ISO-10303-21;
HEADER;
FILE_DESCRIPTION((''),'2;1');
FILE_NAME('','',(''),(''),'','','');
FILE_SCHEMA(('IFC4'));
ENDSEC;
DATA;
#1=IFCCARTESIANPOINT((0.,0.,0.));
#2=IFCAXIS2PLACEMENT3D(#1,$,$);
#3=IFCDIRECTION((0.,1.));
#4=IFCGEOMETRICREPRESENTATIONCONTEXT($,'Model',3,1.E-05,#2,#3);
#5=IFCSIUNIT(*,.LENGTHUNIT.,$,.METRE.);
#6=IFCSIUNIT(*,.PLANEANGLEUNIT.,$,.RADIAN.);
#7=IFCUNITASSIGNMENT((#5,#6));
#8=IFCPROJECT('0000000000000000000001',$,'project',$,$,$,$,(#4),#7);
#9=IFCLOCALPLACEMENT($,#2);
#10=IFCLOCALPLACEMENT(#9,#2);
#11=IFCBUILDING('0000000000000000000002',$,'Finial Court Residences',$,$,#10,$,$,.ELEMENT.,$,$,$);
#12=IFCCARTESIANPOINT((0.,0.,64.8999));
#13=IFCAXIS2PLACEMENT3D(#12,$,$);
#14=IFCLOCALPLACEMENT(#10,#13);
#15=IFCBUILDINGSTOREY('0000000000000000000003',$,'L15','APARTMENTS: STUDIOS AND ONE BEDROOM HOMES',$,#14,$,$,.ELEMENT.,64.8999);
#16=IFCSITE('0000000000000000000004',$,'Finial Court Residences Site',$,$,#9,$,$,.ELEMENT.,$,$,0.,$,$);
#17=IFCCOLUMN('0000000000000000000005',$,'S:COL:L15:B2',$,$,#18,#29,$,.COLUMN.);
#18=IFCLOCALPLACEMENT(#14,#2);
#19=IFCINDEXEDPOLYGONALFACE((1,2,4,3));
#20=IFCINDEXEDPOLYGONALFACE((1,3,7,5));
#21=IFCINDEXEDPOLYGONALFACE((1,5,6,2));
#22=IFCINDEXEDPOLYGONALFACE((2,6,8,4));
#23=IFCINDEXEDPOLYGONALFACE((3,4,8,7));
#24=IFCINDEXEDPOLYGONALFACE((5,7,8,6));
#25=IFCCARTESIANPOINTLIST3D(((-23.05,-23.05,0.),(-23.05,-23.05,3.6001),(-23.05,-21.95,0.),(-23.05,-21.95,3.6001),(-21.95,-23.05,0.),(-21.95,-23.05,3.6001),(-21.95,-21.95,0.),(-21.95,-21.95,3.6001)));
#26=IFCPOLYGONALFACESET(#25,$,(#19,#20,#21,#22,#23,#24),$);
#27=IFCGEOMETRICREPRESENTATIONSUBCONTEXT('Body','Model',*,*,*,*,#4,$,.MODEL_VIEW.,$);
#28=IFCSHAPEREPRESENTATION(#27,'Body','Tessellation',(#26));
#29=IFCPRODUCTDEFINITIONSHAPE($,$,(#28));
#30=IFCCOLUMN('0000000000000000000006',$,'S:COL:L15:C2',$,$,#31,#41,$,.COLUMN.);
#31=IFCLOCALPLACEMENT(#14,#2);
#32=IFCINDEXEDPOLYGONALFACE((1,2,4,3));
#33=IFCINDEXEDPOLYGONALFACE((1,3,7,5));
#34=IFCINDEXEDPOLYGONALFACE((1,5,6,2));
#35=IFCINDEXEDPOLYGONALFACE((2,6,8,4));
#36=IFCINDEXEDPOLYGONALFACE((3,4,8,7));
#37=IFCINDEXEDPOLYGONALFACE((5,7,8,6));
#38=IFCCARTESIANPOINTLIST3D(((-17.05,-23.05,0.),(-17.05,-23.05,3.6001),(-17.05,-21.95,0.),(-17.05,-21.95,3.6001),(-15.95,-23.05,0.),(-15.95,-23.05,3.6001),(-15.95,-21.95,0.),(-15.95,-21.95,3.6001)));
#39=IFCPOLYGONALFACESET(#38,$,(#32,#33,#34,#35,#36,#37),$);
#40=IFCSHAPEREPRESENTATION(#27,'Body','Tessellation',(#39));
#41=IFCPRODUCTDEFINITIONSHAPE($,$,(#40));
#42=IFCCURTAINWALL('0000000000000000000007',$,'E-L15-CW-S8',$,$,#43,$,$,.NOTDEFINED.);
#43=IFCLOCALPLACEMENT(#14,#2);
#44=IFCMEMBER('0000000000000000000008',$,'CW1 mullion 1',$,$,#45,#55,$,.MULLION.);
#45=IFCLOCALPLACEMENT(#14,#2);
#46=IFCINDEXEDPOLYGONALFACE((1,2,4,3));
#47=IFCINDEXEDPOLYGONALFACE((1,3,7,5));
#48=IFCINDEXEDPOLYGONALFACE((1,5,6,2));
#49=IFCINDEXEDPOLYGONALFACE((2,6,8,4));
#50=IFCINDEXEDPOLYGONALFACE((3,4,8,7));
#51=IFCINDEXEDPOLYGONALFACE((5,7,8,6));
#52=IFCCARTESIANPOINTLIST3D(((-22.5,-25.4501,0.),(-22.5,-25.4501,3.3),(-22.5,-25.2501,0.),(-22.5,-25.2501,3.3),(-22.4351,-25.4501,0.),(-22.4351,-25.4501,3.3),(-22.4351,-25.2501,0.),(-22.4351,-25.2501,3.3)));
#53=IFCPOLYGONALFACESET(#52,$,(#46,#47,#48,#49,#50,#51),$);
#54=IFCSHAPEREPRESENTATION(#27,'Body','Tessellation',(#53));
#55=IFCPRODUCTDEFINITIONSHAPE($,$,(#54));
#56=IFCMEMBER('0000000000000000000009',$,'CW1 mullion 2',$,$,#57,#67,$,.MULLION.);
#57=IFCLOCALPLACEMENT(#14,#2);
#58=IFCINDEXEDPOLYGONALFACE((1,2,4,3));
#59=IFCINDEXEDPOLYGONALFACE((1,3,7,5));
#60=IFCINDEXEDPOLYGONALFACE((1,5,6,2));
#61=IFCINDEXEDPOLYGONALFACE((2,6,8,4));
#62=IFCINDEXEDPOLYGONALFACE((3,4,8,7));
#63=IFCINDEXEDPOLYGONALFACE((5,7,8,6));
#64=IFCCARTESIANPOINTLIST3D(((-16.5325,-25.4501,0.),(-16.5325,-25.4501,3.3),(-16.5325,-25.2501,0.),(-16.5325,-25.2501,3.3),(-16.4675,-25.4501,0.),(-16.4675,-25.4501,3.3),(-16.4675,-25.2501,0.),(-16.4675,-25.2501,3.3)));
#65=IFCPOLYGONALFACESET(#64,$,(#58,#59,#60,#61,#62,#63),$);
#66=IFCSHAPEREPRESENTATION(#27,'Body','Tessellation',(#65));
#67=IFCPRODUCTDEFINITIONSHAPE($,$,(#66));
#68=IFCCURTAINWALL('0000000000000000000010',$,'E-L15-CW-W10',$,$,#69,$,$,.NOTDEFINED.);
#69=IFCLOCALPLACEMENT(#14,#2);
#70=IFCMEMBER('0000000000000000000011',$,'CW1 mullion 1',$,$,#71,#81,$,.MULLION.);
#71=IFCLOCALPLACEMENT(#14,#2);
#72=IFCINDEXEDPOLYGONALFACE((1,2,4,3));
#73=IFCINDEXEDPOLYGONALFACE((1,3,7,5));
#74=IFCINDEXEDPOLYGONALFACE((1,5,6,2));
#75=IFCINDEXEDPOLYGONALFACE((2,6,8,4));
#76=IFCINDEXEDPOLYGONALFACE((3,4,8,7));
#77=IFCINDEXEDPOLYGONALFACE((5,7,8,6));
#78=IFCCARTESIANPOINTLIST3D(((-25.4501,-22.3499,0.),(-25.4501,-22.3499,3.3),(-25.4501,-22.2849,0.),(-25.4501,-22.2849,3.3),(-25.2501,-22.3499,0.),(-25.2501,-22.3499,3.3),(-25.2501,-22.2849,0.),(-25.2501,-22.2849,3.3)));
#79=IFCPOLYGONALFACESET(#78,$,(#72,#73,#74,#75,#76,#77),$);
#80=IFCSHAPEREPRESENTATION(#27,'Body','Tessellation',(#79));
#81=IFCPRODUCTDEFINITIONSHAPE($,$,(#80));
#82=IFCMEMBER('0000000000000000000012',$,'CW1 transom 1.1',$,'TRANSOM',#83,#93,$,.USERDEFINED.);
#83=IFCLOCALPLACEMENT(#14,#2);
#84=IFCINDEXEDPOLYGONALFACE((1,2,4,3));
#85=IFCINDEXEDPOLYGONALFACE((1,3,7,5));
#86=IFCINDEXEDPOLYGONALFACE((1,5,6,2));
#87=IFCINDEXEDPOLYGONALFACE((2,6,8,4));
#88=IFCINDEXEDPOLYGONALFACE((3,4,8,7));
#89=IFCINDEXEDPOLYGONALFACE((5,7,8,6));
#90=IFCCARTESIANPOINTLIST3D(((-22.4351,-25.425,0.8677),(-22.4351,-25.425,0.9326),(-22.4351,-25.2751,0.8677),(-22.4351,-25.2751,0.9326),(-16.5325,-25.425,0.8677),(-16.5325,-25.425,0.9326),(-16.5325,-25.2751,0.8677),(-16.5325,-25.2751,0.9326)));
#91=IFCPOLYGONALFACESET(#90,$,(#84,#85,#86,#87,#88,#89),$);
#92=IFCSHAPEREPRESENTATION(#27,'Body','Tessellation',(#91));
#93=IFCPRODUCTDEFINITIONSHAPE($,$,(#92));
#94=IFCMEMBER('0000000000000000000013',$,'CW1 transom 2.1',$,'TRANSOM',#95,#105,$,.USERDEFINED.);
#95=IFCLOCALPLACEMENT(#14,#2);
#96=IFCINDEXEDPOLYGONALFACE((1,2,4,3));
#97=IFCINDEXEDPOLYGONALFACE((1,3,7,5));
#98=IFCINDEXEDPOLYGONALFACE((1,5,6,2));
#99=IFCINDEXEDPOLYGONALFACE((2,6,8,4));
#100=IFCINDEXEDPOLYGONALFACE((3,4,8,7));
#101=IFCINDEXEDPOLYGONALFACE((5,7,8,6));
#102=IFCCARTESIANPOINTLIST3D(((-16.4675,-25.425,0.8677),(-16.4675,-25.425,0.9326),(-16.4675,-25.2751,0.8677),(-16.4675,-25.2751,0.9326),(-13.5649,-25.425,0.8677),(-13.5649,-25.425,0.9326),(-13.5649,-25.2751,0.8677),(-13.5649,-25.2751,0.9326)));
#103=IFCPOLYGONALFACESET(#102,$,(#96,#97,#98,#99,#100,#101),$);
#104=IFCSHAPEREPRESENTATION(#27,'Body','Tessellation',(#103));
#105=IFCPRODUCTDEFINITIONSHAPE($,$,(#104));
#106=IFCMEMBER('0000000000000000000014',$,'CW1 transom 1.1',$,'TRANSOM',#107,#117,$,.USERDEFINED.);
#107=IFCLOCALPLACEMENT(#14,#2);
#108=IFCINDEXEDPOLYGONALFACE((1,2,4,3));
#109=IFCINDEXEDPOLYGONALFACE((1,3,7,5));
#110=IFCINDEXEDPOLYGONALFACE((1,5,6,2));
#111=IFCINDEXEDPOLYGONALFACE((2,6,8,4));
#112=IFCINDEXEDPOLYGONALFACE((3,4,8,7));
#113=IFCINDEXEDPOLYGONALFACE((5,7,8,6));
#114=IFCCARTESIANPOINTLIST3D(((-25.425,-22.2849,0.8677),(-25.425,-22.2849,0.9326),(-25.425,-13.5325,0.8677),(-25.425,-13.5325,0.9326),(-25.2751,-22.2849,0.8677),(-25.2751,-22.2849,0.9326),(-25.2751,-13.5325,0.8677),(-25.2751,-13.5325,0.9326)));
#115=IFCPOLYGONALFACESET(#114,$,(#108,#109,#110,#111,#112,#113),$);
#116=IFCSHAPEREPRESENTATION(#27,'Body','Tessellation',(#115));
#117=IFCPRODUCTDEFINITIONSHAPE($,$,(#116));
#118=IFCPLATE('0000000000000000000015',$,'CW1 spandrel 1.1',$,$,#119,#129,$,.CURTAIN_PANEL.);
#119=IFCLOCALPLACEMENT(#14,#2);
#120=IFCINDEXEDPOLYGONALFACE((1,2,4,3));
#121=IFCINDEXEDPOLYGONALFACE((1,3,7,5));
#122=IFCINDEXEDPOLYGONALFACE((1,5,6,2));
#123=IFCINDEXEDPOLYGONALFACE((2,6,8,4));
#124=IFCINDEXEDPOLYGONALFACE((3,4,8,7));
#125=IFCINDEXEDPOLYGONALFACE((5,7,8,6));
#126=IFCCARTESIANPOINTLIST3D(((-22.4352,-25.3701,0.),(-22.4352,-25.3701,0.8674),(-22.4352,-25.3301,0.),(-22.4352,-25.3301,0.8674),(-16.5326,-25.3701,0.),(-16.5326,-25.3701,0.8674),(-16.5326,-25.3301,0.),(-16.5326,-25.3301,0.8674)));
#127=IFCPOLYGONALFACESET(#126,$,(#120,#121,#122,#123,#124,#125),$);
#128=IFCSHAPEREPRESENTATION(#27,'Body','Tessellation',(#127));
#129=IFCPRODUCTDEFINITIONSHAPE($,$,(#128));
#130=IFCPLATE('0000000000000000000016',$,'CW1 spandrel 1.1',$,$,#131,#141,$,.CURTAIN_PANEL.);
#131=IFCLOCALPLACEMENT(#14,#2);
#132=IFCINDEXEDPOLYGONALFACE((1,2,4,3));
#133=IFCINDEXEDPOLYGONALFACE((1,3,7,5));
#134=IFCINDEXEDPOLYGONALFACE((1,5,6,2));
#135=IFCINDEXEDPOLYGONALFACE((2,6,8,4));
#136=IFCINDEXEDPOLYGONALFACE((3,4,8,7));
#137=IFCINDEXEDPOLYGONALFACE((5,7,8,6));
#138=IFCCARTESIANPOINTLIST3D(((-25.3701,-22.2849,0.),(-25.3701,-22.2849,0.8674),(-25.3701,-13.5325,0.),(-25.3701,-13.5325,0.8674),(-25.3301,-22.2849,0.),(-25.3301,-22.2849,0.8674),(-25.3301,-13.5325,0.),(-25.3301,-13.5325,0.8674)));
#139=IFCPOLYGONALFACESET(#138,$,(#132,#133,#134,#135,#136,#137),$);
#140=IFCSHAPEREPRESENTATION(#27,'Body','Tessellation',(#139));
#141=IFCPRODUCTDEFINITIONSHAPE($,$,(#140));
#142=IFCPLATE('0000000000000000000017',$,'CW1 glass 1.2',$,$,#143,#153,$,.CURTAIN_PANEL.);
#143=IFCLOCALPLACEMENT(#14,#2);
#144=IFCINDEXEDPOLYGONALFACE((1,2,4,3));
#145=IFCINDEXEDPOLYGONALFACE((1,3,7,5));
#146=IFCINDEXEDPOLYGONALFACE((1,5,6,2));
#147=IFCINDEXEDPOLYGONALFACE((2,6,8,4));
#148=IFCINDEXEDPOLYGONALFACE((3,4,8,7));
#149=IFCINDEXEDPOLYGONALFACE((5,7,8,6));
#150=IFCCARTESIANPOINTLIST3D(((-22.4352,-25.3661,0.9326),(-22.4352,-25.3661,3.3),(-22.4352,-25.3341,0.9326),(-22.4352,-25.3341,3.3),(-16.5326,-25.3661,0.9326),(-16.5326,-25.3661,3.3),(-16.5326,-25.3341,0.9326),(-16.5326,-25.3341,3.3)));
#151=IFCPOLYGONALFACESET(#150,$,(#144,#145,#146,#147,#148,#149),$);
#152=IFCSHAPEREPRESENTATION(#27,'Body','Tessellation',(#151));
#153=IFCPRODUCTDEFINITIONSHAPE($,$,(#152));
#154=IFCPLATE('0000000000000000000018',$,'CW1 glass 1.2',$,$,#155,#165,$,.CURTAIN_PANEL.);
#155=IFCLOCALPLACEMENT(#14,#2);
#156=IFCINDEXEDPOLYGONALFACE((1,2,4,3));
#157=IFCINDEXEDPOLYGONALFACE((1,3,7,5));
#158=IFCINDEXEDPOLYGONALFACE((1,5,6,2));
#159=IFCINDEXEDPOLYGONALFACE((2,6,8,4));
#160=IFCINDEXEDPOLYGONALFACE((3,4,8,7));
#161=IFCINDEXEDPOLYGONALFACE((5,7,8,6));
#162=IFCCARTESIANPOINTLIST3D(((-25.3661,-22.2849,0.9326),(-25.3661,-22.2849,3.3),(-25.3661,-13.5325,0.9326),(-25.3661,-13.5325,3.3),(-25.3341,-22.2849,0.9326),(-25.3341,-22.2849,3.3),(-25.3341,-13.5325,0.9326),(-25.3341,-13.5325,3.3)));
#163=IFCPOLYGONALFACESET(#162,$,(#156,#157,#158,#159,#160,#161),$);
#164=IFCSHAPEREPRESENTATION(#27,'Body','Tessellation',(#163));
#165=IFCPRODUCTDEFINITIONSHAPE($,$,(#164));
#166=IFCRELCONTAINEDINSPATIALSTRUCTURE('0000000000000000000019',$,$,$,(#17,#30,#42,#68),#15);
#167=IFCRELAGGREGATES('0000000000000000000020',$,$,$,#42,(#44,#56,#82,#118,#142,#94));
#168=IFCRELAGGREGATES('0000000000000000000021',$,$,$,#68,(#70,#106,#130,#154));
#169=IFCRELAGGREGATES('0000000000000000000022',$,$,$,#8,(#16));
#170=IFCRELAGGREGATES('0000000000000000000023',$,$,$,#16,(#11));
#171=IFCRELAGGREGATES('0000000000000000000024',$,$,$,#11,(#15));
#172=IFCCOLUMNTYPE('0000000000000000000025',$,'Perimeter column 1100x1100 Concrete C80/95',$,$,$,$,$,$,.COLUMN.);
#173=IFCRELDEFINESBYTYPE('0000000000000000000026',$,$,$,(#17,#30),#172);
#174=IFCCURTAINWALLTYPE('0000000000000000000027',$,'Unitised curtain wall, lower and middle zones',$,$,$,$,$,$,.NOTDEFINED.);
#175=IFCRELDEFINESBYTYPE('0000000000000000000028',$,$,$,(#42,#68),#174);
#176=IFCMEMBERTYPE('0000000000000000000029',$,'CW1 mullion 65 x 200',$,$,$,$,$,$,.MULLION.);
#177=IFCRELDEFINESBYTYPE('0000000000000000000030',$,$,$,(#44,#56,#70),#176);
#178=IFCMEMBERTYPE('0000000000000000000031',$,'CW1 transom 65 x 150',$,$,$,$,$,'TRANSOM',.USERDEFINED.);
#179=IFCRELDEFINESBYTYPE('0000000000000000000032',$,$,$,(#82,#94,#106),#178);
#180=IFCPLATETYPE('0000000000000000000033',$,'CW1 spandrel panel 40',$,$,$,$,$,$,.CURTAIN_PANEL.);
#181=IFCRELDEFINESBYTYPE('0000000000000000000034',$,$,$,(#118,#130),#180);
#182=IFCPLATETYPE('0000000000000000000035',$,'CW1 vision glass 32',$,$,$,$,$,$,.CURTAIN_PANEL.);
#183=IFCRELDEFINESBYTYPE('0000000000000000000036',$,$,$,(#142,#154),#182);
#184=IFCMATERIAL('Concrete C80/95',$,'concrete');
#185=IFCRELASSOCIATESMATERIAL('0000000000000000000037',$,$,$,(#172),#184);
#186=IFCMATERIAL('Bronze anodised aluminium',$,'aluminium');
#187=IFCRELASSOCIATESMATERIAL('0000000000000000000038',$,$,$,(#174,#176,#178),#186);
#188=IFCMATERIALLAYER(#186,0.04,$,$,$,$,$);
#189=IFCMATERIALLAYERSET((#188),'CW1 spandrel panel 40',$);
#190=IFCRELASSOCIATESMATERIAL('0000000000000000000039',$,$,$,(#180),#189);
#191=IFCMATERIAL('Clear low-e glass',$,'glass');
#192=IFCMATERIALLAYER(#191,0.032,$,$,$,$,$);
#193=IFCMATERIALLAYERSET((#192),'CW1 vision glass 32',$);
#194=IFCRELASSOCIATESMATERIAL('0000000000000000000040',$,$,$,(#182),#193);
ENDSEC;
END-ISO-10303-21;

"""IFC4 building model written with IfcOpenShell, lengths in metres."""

from ifc_helpers import new_model, si_unit, direction, frame, origin, origin_2d, place, context, subcontext, project, spatial, rectangle, extrude, material, layer, layer_set, material_profile, profile_set, type_object, element, aggregate, save


model = new_model("IFC4")

# Units and contexts
model_context = context("Model", 3, precision=1e-05, world=origin(), true_north=direction((0.0, 1.0)))
body_context = subcontext(model_context, "Body", "Model", "MODEL_VIEW")
ifc_project = project(units=[si_unit("LENGTHUNIT", "METRE"), si_unit("PLANEANGLEUNIT", "RADIAN")], contexts=[model_context])

# Site, building, storey
site_placement = place(None, origin())
site = spatial("IfcSite", under=ifc_project, at=site_placement, Name="Finial Court Residences Site", CompositionType="ELEMENT", RefElevation=0.0)
building_placement = place(site_placement, origin())
building = spatial("IfcBuilding", under=site, at=building_placement, Name="Finial Court Residences", CompositionType="ELEMENT")
storey_placement = place(building_placement, frame((0.0, 0.0, 64.8999)))
storey = spatial("IfcBuildingStorey", under=building, at=storey_placement, Name="L15", Description="APARTMENTS: STUDIOS AND ONE BEDROOM HOMES", CompositionType="ELEMENT", Elevation=64.8999)

# Columns
ifc_material_1 = material(Name="Concrete C80/95", Category="concrete")
ifc_material_profile_1 = material_profile(ifc_material_1, rectangle(XDim=1.1001, YDim=1.1001, at=origin_2d()), Name="1100x1100")
ifc_profile_set_1 = profile_set([ifc_material_profile_1], Name="Concrete C80/95")
column_type = type_object("IfcColumnType", Name="Perimeter column 1100x1100 Concrete C80/95", PredefinedType="COLUMN", material=ifc_profile_set_1)
for number, where, z_axis, x_axis, name in (
    (1, (-22.5, -22.5, 0.0), (0.0, 0.0, 1.0), (1.0, 0.0, 0.0), "S:COL:L15:B2"),
    (2, (-16.5, -22.5, 0.0), (0.0, 0.0, 1.0), (1.0, 0.0, 0.0), "S:COL:L15:C2"),
):
    element("IfcColumn", number, at=place(storey_placement, frame(where, z_axis=z_axis, x_axis=x_axis)), inside=storey, type_object=column_type, Name=name, PredefinedType="COLUMN", context=body_context, shape_type="SweptSolid", body=[
        extrude(rectangle(XDim=1.1001, YDim=1.1001, at=origin_2d()), origin(), (0.0, 0.0, 1.0), 3.6001),
    ])

# Curtain wall, members
ifc_material_2 = material(Name="Bronze anodised aluminium", Category="aluminium")
curtain_wall_type = type_object("IfcCurtainWallType", Name="Unitised curtain wall, lower and middle zones", PredefinedType="NOTDEFINED", material=ifc_material_2)
curtain_wall_1_placement = place(storey_placement, origin())
curtain_wall_1 = element("IfcCurtainWall", 3, at=curtain_wall_1_placement, inside=storey, type_object=curtain_wall_type, Name="E-L15-CW-S8", PredefinedType="NOTDEFINED")
ifc_material_profile_2 = material_profile(ifc_material_2, rectangle(XDim=0.2, YDim=0.0649, at=origin_2d()), Name="CW1 mullion 65 x 200")
ifc_profile_set_2 = profile_set([ifc_material_profile_2], Name="Bronze anodised aluminium")
member_type_1 = type_object("IfcMemberType", Name="CW1 mullion 65 x 200", PredefinedType="MULLION", material=ifc_profile_set_2)
member_1_placement = place(storey_placement, frame((-22.4675, -25.3501, 0.0), z_axis=(0.0, 0.0, 1.0), x_axis=(0.0, 1.0, 0.0)))
member_1 = element("IfcMember", 4, at=member_1_placement, type_object=member_type_1, Name="CW1 mullion 1", PredefinedType="MULLION", context=body_context, shape_type="SweptSolid", body=[
    extrude(rectangle(XDim=0.2, YDim=0.0649, at=origin_2d()), origin(), (0.0, 0.0, 1.0), 3.3),
])
member_2_placement = place(storey_placement, frame((-16.5, -25.3501, 0.0), z_axis=(0.0, 0.0, 1.0), x_axis=(0.0, 1.0, 0.0)))
member_2 = element("IfcMember", 5, at=member_2_placement, type_object=member_type_1, Name="CW1 mullion 2", PredefinedType="MULLION", context=body_context, shape_type="SweptSolid", body=[
    extrude(rectangle(XDim=0.2, YDim=0.0649, at=origin_2d()), origin(), (0.0, 0.0, 1.0), 3.3),
])

# Curtain wall, member
curtain_wall_2_placement = place(storey_placement, origin())
curtain_wall_2 = element("IfcCurtainWall", 6, at=curtain_wall_2_placement, inside=storey, type_object=curtain_wall_type, Name="E-L15-CW-W10", PredefinedType="NOTDEFINED")
member_3_placement = place(storey_placement, frame((-25.3501, -22.3174, 0.0), z_axis=(0.0, 0.0, 1.0), x_axis=(-1.0, 0.0, 0.0)))
member_3 = element("IfcMember", 7, at=member_3_placement, type_object=member_type_1, Name="CW1 mullion 1", PredefinedType="MULLION", context=body_context, shape_type="SweptSolid", body=[
    extrude(rectangle(XDim=0.2, YDim=0.0649, at=origin_2d()), origin(), (0.0, 0.0, 1.0), 3.3),
])

# Members
ifc_material_profile_3 = material_profile(ifc_material_2, rectangle(XDim=0.1499, YDim=0.0649, at=origin_2d()), Name="CW1 transom 65 x 150")
ifc_profile_set_3 = profile_set([ifc_material_profile_3], Name="Bronze anodised aluminium")
member_type_2 = type_object("IfcMemberType", Name="CW1 transom 65 x 150", ElementType="TRANSOM", PredefinedType="USERDEFINED", material=ifc_profile_set_3)
member_4_placement = place(storey_placement, frame((-22.4351, -25.3501, 0.9001), z_axis=(1.0, 0.0, 0.0), x_axis=(0.0, 1.0, 0.0)))
member_4 = element("IfcMember", 8, at=member_4_placement, type_object=member_type_2, Name="CW1 transom 1.1", ObjectType="TRANSOM", PredefinedType="USERDEFINED", context=body_context, shape_type="SweptSolid", body=[
    extrude(rectangle(XDim=0.1499, YDim=0.0649, at=origin_2d()), origin(), (0.0, 0.0, 1.0), 5.9026),
])
member_5_placement = place(storey_placement, frame((-16.4675, -25.3501, 0.9001), z_axis=(1.0, 0.0, 0.0), x_axis=(0.0, 1.0, 0.0)))
member_5 = element("IfcMember", 9, at=member_5_placement, type_object=member_type_2, Name="CW1 transom 2.1", ObjectType="TRANSOM", PredefinedType="USERDEFINED", context=body_context, shape_type="SweptSolid", body=[
    extrude(rectangle(XDim=0.1499, YDim=0.0649, at=origin_2d()), origin(), (0.0, 0.0, 1.0), 2.9026),
])
member_6_placement = place(storey_placement, frame((-25.3501, -22.2849, 0.9001), z_axis=(0.0, 1.0, 0.0), x_axis=(-1.0, 0.0, 0.0)))
member_6 = element("IfcMember", 10, at=member_6_placement, type_object=member_type_2, Name="CW1 transom 1.1", ObjectType="TRANSOM", PredefinedType="USERDEFINED", context=body_context, shape_type="SweptSolid", body=[
    extrude(rectangle(XDim=0.1499, YDim=0.0649, at=origin_2d()), origin(), (0.0, 0.0, 1.0), 8.7524),
])

# Plates
ifc_layer_1 = layer(ifc_material_2, 0.04)
ifc_layer_set_1 = layer_set([ifc_layer_1], Name="CW1 spandrel panel 40")
plate_type_1 = type_object("IfcPlateType", Name="CW1 spandrel panel 40", PredefinedType="CURTAIN_PANEL", material=ifc_layer_set_1)
plate_1_placement = place(storey_placement, frame((-19.4839, -25.3501, 0.0), z_axis=(0.0, 0.0, 1.0), x_axis=(1.0, 0.0, 0.0)))
plate_1 = element("IfcPlate", 11, at=plate_1_placement, type_object=plate_type_1, Name="CW1 spandrel 1.1", PredefinedType="CURTAIN_PANEL", context=body_context, shape_type="SweptSolid", body=[
    extrude(rectangle(XDim=5.9026, YDim=0.04, at=origin_2d()), origin(), (0.0, 0.0, 1.0), 0.8674),
])
plate_2_placement = place(storey_placement, frame((-25.3501, -17.9087, 0.0), z_axis=(0.0, 0.0, 1.0), x_axis=(0.0, 1.0, 0.0)))
plate_2 = element("IfcPlate", 12, at=plate_2_placement, type_object=plate_type_1, Name="CW1 spandrel 1.1", PredefinedType="CURTAIN_PANEL", context=body_context, shape_type="SweptSolid", body=[
    extrude(rectangle(XDim=8.7524, YDim=0.04, at=origin_2d()), origin(), (0.0, 0.0, 1.0), 0.8674),
])
ifc_material_3 = material(Name="Clear low-e glass", Category="glass")
ifc_layer_2 = layer(ifc_material_3, 0.032)
ifc_layer_set_2 = layer_set([ifc_layer_2], Name="CW1 vision glass 32")
plate_type_2 = type_object("IfcPlateType", Name="CW1 vision glass 32", PredefinedType="CURTAIN_PANEL", material=ifc_layer_set_2)
plate_3_placement = place(storey_placement, frame((-19.4839, -25.3501, 0.9326), z_axis=(0.0, 0.0, 1.0), x_axis=(1.0, 0.0, 0.0)))
plate_3 = element("IfcPlate", 13, at=plate_3_placement, type_object=plate_type_2, Name="CW1 glass 1.2", PredefinedType="CURTAIN_PANEL", context=body_context, shape_type="SweptSolid", body=[
    extrude(rectangle(XDim=5.9026, YDim=0.032, at=origin_2d()), origin(), (0.0, 0.0, 1.0), 2.3674),
])
aggregate(curtain_wall_1, [member_1, member_2, member_4, plate_1, plate_3, member_5])
plate_4_placement = place(storey_placement, frame((-25.3501, -17.9087, 0.9326), z_axis=(0.0, 0.0, 1.0), x_axis=(0.0, 1.0, 0.0)))
plate_4 = element("IfcPlate", 14, at=plate_4_placement, type_object=plate_type_2, Name="CW1 glass 1.2", PredefinedType="CURTAIN_PANEL", context=body_context, shape_type="SweptSolid", body=[
    extrude(rectangle(XDim=8.7524, YDim=0.032, at=origin_2d()), origin(), (0.0, 0.0, 1.0), 2.3674),
])
aggregate(curtain_wall_2, [member_3, member_6, plate_2, plate_4])

save(model, "model.ifc")
